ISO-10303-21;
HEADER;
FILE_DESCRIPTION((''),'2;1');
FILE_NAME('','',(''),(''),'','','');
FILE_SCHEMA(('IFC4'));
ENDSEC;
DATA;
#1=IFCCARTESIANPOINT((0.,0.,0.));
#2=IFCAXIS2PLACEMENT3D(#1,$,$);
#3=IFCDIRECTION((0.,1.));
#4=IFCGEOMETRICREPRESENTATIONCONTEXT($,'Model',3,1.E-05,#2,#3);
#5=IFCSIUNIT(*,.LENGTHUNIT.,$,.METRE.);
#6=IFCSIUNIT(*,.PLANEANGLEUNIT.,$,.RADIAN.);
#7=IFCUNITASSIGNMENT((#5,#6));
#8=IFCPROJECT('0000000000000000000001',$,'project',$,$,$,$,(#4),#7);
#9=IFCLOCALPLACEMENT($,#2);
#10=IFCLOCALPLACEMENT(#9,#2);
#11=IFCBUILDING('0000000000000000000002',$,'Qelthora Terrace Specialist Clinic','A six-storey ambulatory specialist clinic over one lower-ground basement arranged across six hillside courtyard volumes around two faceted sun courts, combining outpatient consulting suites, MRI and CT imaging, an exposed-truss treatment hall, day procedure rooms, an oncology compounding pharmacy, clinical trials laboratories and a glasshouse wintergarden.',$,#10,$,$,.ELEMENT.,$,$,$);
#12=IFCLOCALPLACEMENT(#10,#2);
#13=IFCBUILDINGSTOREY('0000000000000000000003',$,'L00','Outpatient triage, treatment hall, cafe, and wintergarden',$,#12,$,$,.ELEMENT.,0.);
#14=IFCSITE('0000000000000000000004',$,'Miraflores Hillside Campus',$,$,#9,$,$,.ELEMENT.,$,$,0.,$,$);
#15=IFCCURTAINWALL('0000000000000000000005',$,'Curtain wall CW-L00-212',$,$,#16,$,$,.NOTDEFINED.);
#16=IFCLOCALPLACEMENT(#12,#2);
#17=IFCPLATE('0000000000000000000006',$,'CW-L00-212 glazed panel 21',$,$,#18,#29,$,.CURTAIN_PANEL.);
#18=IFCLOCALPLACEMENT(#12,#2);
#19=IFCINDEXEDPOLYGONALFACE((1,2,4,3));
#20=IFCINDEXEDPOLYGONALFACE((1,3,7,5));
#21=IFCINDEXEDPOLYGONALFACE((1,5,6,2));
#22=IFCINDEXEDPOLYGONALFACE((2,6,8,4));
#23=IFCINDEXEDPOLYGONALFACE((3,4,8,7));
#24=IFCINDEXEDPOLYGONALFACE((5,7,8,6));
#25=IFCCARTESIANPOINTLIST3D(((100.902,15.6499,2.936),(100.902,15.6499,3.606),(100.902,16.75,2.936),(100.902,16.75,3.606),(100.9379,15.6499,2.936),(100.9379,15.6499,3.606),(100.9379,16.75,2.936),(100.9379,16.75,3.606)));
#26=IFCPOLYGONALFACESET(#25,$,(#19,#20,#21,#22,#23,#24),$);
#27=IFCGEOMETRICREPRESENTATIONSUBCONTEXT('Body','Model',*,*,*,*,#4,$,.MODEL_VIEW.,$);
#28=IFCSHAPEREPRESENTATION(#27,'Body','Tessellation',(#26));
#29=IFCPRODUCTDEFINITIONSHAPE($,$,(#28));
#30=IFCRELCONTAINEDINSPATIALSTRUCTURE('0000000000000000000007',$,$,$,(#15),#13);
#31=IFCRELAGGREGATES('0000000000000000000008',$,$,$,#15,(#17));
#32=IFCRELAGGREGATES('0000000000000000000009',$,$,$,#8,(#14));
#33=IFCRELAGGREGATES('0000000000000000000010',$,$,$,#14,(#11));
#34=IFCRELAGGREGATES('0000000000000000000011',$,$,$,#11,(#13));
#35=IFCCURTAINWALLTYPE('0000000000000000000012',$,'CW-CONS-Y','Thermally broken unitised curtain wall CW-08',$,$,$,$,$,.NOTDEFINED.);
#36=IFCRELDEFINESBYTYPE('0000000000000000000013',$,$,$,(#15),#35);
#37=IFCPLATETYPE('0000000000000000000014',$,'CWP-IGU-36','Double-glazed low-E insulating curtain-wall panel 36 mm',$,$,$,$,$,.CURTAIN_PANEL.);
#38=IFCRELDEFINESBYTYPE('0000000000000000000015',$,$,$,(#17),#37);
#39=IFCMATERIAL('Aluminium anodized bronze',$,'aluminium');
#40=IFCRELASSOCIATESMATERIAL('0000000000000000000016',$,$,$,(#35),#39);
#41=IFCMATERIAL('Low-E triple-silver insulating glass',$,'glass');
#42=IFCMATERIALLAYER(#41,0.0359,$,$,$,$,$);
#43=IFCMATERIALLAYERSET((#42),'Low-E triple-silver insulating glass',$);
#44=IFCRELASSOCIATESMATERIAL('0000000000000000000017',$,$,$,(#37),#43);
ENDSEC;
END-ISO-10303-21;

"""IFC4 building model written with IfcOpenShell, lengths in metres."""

from ifc_helpers import new_model, si_unit, direction, frame, origin, origin_2d, place, context, subcontext, project, spatial, rectangle, extrude, material, layer, layer_set, type_object, element, aggregate, save


model = new_model("IFC4")

# Units and contexts
model_context = context("Model", 3, precision=1e-05, world=origin(), true_north=direction((0.0, 1.0)))
body_context = subcontext(model_context, "Body", "Model", "MODEL_VIEW")
ifc_project = project(units=[si_unit("LENGTHUNIT", "METRE"), si_unit("PLANEANGLEUNIT", "RADIAN")], contexts=[model_context])

# Site, building, storey
site_placement = place(None, origin())
site = spatial("IfcSite", under=ifc_project, at=site_placement, Name="Miraflores Hillside Campus", CompositionType="ELEMENT", RefElevation=0.0)
building_placement = place(site_placement, origin())
building = spatial("IfcBuilding", under=site, at=building_placement, Name="Qelthora Terrace Specialist Clinic", Description="A six-storey ambulatory specialist clinic over one lower-ground basement arranged across six hillside courtyard volumes around two faceted sun courts, combining outpatient consulting suites, MRI and CT imaging, an exposed-truss treatment hall, day procedure rooms, an oncology compounding pharmacy, clinical trials laboratories and a glasshouse wintergarden.", CompositionType="ELEMENT")
storey_placement = place(building_placement, origin())
storey = spatial("IfcBuildingStorey", under=building, at=storey_placement, Name="L00", Description="Outpatient triage, treatment hall, cafe, and wintergarden", CompositionType="ELEMENT", Elevation=0.0)

# Curtain wall, plate
ifc_material_1 = material(Name="Aluminium anodized bronze", Category="aluminium")
curtain_wall_type = type_object("IfcCurtainWallType", Name="CW-CONS-Y", Description="Thermally broken unitised curtain wall CW-08", PredefinedType="NOTDEFINED", material=ifc_material_1)
curtain_wall_placement = place(storey_placement, origin())
curtain_wall = element("IfcCurtainWall", 1, at=curtain_wall_placement, inside=storey, type_object=curtain_wall_type, Name="Curtain wall CW-L00-212", PredefinedType="NOTDEFINED")
ifc_material_2 = material(Name="Low-E triple-silver insulating glass", Category="glass")
ifc_layer = layer(ifc_material_2, 0.0359)
ifc_layer_set = layer_set([ifc_layer], Name="Low-E triple-silver insulating glass")
plate_type = type_object("IfcPlateType", Name="CWP-IGU-36", Description="Double-glazed low-E insulating curtain-wall panel 36 mm", PredefinedType="CURTAIN_PANEL", material=ifc_layer_set)
plate_1_placement = place(storey_placement, frame((100.9199, 16.2, 2.936), z_axis=(0.0, 0.0, 1.0), x_axis=(0.0, 1.0, 0.0)))
plate_1 = element("IfcPlate", 2, at=plate_1_placement, type_object=plate_type, Name="CW-L00-212 glazed panel 21", PredefinedType="CURTAIN_PANEL", context=body_context, shape_type="SweptSolid", body=[
    extrude(rectangle(XDim=1.1001, YDim=0.0359, at=origin_2d()), origin(), (0.0, 0.0, 1.0), 0.6699),
])
aggregate(curtain_wall, [plate_1])

save(model, "model.ifc")
